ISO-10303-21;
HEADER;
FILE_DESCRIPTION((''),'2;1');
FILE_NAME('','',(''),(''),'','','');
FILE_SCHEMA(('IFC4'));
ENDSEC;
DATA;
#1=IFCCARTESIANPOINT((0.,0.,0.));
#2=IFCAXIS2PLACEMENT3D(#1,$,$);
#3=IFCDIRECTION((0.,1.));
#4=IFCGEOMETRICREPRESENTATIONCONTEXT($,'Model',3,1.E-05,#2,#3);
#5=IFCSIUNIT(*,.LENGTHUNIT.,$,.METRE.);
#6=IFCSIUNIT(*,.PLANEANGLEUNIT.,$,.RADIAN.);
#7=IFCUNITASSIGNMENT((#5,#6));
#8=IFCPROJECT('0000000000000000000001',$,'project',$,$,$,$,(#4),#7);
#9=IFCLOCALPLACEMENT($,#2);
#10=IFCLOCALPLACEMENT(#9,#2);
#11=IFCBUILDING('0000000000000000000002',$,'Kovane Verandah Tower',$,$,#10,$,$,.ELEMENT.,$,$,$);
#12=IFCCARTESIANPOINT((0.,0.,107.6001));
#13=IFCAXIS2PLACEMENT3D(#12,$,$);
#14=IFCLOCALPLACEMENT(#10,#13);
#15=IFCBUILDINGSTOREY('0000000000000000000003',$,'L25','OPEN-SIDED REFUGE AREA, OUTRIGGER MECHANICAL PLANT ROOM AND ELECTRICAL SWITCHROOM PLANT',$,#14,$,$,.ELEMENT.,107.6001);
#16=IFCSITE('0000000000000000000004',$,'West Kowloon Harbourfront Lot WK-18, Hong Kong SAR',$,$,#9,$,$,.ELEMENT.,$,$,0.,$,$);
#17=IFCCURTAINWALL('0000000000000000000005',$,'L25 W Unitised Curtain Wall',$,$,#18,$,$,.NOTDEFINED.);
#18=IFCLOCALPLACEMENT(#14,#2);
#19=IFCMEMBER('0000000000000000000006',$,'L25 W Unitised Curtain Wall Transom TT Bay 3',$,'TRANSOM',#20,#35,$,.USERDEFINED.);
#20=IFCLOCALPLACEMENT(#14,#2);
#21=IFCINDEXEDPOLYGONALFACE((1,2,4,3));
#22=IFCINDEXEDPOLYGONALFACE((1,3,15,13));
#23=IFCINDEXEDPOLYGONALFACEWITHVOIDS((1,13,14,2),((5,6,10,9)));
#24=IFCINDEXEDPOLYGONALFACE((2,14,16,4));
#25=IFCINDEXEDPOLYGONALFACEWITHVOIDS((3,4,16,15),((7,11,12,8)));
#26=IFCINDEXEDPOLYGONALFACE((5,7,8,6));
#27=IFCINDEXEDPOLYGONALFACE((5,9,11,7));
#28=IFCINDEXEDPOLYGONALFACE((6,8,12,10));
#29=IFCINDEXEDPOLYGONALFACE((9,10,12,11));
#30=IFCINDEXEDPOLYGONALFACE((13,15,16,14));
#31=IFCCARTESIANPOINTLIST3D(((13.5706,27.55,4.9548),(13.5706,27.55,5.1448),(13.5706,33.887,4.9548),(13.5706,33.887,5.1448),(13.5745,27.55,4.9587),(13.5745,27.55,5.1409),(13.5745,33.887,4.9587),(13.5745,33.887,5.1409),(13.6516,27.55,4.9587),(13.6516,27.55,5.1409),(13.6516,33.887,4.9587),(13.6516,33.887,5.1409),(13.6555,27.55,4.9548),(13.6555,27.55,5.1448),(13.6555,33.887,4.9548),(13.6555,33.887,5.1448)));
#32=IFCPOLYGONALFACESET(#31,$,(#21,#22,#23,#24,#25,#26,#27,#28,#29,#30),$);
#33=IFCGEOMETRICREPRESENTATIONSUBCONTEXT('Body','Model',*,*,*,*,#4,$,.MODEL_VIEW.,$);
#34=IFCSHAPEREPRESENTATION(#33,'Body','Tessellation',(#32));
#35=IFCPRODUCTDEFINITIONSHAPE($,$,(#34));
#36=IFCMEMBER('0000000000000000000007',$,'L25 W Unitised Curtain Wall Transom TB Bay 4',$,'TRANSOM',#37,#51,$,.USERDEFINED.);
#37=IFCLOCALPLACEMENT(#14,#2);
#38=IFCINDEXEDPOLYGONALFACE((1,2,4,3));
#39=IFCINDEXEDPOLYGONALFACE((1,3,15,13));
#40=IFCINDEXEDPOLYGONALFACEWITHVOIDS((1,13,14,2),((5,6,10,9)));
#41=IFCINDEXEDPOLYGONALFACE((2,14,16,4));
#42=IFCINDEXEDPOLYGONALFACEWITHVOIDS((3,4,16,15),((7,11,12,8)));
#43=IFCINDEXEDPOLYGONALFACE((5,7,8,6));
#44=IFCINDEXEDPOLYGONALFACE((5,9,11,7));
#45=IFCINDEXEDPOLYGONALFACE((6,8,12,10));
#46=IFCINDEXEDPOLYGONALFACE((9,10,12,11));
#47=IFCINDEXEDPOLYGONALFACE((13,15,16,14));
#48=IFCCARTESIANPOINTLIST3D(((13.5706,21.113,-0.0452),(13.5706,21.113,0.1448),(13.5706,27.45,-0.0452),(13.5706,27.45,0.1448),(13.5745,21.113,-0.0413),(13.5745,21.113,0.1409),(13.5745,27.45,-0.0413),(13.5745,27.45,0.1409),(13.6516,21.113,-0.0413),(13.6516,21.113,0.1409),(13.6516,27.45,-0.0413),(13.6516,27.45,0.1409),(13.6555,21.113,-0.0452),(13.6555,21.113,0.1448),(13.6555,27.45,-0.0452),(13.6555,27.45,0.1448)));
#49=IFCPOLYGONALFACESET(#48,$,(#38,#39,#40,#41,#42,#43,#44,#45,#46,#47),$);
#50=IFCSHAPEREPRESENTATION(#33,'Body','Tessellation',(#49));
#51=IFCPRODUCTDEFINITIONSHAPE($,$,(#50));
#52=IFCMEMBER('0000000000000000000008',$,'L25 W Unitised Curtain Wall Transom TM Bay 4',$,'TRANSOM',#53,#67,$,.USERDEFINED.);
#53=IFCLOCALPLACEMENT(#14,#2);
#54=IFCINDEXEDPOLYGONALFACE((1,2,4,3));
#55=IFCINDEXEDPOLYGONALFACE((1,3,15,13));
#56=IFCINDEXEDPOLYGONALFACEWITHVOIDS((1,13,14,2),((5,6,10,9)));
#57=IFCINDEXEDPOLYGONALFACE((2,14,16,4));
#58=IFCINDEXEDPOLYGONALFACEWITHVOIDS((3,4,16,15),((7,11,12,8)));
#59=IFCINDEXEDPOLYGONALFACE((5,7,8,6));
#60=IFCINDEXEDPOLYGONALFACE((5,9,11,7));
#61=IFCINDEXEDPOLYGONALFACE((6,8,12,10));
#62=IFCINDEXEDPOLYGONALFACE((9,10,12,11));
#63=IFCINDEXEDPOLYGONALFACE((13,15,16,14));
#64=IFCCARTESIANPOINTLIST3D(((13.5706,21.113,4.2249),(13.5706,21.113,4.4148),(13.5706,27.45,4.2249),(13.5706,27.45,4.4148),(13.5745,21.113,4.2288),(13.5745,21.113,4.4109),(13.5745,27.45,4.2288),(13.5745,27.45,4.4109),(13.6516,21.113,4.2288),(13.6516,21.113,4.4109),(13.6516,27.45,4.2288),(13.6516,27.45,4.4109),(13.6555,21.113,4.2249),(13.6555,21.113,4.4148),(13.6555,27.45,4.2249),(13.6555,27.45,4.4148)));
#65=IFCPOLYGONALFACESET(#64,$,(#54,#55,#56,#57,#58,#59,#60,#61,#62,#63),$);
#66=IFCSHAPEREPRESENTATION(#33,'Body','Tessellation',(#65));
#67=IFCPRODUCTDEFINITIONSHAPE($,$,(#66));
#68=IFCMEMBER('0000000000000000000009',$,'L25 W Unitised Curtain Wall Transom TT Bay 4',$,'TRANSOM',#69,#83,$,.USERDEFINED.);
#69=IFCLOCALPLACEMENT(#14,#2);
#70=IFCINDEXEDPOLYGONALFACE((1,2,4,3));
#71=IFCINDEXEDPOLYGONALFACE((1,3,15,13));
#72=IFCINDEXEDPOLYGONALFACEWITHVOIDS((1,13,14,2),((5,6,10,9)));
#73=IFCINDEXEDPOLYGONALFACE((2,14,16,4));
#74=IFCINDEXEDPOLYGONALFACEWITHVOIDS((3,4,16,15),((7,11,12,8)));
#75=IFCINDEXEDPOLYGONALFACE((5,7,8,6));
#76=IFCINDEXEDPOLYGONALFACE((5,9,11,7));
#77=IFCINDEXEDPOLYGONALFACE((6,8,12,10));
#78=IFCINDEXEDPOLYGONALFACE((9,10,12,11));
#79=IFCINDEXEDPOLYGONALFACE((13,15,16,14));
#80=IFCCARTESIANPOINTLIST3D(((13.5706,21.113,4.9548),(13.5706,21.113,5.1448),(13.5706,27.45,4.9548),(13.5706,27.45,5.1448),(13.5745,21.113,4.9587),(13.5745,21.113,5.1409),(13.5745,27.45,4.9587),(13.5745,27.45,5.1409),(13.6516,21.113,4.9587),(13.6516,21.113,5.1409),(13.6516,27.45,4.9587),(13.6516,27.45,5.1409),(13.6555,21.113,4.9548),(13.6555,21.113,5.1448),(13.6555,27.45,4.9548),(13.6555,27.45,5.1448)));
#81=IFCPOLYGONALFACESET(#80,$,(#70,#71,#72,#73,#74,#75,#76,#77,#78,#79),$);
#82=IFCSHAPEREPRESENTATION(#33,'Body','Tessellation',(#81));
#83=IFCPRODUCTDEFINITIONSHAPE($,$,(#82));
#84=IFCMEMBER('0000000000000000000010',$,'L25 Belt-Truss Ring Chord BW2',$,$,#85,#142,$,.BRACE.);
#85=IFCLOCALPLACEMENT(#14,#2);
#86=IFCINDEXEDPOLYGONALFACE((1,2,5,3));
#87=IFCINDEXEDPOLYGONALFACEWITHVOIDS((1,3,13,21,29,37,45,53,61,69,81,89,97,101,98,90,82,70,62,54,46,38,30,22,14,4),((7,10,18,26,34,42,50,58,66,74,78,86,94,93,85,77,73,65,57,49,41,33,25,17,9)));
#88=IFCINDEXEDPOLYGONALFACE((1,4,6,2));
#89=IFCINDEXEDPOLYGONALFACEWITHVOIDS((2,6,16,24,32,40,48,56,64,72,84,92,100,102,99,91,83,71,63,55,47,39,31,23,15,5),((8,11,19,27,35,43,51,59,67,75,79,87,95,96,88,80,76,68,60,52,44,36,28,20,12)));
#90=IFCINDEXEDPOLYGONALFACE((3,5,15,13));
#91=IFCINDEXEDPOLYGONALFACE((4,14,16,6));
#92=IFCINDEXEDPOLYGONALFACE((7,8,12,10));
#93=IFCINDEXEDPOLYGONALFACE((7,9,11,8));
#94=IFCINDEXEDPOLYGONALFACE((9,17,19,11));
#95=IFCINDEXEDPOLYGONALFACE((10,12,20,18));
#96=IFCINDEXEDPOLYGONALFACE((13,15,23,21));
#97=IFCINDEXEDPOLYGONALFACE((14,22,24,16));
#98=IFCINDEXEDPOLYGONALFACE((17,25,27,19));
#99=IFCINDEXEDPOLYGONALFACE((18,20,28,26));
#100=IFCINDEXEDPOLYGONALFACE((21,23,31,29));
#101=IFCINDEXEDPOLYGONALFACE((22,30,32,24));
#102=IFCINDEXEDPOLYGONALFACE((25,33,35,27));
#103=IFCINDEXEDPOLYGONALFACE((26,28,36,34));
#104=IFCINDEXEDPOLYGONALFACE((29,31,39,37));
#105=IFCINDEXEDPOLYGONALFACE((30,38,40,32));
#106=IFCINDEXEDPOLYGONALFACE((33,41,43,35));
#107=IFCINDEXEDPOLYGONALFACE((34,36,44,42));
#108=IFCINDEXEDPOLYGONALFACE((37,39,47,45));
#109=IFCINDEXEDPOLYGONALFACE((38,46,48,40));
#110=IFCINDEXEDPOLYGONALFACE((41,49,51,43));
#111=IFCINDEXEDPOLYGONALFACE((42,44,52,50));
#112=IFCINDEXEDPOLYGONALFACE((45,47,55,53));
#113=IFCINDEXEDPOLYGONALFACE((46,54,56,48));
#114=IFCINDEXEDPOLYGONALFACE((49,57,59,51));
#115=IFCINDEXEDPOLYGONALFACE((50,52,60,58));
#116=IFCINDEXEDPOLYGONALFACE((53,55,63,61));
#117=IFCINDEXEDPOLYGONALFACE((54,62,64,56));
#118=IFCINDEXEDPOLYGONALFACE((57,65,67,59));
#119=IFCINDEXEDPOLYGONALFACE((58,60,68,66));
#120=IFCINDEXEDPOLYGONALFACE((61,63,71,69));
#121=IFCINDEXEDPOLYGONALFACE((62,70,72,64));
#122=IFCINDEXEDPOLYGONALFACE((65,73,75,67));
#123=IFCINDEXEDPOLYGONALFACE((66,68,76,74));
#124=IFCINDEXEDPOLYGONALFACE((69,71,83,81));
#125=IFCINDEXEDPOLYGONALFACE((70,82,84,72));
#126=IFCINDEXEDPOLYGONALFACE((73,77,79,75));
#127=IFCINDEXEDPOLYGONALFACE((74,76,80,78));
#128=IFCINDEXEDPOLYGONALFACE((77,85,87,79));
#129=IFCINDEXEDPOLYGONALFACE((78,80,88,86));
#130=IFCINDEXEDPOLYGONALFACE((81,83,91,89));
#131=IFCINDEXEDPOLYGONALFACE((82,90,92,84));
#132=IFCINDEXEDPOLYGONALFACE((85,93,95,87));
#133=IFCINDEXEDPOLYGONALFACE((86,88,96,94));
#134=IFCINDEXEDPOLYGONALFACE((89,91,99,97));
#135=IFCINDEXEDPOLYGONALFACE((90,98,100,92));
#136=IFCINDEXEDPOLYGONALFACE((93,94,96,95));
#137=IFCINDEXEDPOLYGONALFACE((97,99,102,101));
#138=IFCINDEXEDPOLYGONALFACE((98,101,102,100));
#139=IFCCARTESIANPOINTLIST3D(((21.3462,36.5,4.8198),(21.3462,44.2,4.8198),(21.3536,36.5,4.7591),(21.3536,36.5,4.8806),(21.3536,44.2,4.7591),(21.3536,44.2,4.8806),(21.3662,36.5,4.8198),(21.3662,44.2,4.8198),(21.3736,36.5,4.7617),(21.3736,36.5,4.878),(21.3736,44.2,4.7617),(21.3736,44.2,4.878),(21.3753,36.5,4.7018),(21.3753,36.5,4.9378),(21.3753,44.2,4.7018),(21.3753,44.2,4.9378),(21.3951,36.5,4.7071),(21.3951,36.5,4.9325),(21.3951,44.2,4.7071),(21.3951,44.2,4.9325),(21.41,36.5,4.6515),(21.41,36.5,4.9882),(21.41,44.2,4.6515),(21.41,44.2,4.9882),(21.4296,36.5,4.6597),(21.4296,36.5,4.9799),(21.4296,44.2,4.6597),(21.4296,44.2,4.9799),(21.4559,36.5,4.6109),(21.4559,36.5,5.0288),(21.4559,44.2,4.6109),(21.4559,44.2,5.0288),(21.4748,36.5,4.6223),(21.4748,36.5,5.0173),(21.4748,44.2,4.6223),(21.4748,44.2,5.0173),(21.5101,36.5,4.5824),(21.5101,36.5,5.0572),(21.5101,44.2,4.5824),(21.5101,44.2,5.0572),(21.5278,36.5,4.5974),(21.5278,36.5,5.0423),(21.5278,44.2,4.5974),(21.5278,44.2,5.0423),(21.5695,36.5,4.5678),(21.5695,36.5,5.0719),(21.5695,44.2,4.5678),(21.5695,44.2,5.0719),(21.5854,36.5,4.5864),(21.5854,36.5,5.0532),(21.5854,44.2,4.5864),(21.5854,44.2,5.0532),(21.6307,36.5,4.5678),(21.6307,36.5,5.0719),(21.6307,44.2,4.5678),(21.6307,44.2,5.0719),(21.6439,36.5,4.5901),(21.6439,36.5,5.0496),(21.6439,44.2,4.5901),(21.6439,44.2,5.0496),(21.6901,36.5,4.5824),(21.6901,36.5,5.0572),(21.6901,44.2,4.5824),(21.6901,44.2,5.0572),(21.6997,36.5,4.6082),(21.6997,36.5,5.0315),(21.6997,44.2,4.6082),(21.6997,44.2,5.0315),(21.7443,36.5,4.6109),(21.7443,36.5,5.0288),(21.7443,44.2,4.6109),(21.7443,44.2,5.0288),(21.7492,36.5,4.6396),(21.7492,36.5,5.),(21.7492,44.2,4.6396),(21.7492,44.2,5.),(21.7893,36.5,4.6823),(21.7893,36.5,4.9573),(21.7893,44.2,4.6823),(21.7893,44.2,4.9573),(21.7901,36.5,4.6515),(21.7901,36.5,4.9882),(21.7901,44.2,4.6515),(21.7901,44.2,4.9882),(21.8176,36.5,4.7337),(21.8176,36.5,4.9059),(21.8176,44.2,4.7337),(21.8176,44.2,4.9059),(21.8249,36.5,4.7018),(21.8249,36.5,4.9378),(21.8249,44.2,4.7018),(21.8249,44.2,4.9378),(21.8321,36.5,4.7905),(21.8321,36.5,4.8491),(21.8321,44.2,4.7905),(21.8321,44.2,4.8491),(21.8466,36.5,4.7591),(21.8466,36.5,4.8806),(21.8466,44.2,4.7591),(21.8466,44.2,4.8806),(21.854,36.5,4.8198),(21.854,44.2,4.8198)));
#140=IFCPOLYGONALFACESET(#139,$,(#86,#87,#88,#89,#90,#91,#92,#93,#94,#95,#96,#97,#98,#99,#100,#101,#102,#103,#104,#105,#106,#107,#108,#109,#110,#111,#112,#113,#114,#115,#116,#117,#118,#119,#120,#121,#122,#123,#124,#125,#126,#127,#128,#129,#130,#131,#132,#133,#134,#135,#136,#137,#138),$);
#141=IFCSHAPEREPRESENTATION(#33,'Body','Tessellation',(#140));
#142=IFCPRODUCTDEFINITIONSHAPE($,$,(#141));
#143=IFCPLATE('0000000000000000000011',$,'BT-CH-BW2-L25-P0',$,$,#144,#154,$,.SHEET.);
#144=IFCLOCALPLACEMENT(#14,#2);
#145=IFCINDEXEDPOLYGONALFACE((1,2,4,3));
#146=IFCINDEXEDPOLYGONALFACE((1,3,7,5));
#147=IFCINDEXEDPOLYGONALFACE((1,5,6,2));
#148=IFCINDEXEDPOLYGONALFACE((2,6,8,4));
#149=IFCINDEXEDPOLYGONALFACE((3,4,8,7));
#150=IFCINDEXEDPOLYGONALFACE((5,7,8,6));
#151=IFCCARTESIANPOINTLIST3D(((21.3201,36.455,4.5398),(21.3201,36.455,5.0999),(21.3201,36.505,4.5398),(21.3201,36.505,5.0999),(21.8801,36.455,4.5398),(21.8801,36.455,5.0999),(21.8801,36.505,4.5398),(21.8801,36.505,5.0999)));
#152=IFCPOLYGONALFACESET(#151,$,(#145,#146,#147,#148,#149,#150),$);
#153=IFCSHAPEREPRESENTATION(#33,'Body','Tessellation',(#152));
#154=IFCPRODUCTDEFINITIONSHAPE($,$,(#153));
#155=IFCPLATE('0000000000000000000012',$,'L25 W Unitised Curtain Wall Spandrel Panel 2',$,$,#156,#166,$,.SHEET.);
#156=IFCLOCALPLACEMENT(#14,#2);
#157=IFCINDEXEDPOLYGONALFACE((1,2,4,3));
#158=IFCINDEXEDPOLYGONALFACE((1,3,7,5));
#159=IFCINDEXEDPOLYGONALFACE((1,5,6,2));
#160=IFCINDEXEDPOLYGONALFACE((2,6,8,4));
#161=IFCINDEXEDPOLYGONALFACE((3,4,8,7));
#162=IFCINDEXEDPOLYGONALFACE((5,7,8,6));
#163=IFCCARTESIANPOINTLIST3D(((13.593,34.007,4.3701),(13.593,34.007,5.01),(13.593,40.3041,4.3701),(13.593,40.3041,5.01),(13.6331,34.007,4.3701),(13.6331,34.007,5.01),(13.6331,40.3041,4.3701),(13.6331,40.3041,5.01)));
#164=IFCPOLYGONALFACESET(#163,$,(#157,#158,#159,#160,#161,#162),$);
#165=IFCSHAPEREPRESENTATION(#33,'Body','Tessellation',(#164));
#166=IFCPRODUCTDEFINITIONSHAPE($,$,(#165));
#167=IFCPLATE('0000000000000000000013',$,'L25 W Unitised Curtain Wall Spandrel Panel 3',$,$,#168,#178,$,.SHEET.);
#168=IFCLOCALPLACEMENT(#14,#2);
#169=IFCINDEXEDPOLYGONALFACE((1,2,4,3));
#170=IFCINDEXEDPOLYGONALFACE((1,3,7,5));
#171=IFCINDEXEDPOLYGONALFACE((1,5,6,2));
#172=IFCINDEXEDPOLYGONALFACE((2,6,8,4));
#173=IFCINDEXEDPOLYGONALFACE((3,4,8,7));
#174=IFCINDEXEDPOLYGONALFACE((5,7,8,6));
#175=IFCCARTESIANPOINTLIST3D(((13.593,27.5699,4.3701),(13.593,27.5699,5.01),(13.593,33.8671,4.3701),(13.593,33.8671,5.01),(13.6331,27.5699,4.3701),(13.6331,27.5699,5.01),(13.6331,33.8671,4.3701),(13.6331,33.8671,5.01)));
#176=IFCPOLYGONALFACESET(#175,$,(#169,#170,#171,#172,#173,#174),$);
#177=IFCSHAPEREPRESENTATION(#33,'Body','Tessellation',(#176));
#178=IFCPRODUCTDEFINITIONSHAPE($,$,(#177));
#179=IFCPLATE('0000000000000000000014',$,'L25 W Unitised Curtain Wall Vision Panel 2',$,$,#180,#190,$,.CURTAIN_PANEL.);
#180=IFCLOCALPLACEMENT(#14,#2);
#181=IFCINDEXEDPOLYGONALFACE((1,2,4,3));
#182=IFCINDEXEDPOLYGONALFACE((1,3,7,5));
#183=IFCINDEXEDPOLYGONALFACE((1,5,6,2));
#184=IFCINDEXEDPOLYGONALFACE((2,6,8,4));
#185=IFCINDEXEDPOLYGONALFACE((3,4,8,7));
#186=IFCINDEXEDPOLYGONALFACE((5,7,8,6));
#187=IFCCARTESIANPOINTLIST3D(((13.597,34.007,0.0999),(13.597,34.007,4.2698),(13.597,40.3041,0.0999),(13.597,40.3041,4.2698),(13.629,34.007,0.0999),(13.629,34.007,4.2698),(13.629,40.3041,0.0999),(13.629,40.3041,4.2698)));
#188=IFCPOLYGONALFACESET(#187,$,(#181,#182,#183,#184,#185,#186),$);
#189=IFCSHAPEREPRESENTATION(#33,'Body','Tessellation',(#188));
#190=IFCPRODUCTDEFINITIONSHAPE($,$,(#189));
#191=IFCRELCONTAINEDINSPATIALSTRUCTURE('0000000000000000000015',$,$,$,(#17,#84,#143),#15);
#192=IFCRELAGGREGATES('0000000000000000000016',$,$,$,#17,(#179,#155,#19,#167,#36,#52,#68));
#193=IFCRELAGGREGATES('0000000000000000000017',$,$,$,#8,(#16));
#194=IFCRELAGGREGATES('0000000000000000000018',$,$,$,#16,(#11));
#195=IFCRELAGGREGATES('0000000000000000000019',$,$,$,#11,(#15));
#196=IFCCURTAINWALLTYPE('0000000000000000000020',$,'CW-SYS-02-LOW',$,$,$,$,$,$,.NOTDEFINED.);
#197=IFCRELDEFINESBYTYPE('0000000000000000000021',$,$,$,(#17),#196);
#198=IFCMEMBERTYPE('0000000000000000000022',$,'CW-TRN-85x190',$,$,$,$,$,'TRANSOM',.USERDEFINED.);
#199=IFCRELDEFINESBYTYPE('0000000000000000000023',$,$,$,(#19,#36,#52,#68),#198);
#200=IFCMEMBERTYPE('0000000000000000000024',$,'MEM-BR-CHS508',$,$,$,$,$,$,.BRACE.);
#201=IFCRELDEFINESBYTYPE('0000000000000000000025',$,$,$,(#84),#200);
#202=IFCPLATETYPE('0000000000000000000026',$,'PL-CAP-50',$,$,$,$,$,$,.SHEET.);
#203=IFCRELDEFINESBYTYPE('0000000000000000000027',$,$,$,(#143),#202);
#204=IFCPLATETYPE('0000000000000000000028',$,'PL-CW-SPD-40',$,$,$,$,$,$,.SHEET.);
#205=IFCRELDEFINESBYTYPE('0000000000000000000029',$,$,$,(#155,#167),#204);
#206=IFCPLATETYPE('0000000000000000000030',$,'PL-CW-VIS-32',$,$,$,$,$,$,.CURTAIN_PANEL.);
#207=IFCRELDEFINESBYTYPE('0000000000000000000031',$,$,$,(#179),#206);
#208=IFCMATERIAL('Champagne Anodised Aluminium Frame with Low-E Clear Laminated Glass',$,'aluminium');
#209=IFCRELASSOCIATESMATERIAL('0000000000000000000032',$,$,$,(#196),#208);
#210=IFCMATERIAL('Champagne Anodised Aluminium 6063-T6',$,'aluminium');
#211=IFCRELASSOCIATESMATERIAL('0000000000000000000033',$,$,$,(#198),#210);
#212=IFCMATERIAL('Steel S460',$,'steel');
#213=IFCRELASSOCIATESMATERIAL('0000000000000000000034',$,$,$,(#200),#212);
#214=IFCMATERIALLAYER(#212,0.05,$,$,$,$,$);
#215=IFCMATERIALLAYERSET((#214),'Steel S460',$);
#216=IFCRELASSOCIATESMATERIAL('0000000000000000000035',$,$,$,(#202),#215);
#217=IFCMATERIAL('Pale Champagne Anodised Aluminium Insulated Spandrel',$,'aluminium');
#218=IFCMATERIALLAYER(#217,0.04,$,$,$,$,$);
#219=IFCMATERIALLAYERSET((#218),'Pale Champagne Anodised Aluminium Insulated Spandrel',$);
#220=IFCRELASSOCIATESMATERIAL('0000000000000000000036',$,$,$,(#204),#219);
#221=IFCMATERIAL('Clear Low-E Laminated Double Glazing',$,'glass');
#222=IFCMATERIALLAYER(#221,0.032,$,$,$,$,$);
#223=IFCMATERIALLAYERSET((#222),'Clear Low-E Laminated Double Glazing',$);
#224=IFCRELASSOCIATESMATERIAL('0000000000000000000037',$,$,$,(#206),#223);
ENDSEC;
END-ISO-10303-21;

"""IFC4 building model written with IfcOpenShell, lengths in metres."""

from ifc_helpers import new_model, si_unit, direction, frame, origin, origin_2d, place, context, subcontext, project, spatial, rectangle, hollow_rectangle, hollow_circle, extrude, material, layer, layer_set, material_profile, profile_set, type_object, element, aggregate, save


model = new_model("IFC4")

# Units and contexts
model_context = context("Model", 3, precision=1e-05, world=origin(), true_north=direction((0.0, 1.0)))
body_context = subcontext(model_context, "Body", "Model", "MODEL_VIEW")
ifc_project = project(units=[si_unit("LENGTHUNIT", "METRE"), si_unit("PLANEANGLEUNIT", "RADIAN")], contexts=[model_context])

# Site, building, storey
site_placement = place(None, origin())
site = spatial("IfcSite", under=ifc_project, at=site_placement, Name="West Kowloon Harbourfront Lot WK-18, Hong Kong SAR", CompositionType="ELEMENT", RefElevation=0.0)
building_placement = place(site_placement, origin())
building = spatial("IfcBuilding", under=site, at=building_placement, Name="Kovane Verandah Tower", CompositionType="ELEMENT")
storey_placement = place(building_placement, frame((0.0, 0.0, 107.6001)))
storey = spatial("IfcBuildingStorey", under=building, at=storey_placement, Name="L25", Description="OPEN-SIDED REFUGE AREA, OUTRIGGER MECHANICAL PLANT ROOM AND ELECTRICAL SWITCHROOM PLANT", CompositionType="ELEMENT", Elevation=107.6001)

# Shared definitions
ifc_material_1 = material(Name="Steel S460", Category="steel")

# Curtain wall, members
ifc_material_2 = material(Name="Champagne Anodised Aluminium Frame with Low-E Clear Laminated Glass", Category="aluminium")
curtain_wall_type = type_object("IfcCurtainWallType", Name="CW-SYS-02-LOW", PredefinedType="NOTDEFINED", material=ifc_material_2)
curtain_wall_placement = place(storey_placement, origin())
curtain_wall = element("IfcCurtainWall", 1, at=curtain_wall_placement, inside=storey, type_object=curtain_wall_type, Name="L25 W Unitised Curtain Wall", PredefinedType="NOTDEFINED")
ifc_material_3 = material(Name="Champagne Anodised Aluminium 6063-T6", Category="aluminium")
ifc_material_profile_1 = material_profile(ifc_material_3, hollow_rectangle(XDim=0.085, YDim=0.1899, WallThickness=0.0039, at=origin_2d()), Name="AL85x190x4")
ifc_profile_set_1 = profile_set([ifc_material_profile_1], Name="Champagne Anodised Aluminium 6063-T6")
member_type_1 = type_object("IfcMemberType", Name="CW-TRN-85x190", ElementType="TRANSOM", PredefinedType="USERDEFINED", material=ifc_profile_set_1)
member_1_placement = place(storey_placement, frame((13.613, 33.887, 5.0498), z_axis=(0.0, -1.0, 0.0), x_axis=(1.0, 0.0, 0.0)))
member_1 = element("IfcMember", 2, at=member_1_placement, type_object=member_type_1, Name="L25 W Unitised Curtain Wall Transom TT Bay 3", ObjectType="TRANSOM", PredefinedType="USERDEFINED", context=body_context, shape_type="SweptSolid", body=[
    extrude(hollow_rectangle(XDim=0.085, YDim=0.1899, WallThickness=0.0039, at=origin_2d()), origin(), (0.0, 0.0, 1.0), 6.3369),
])
member_2_placement = place(storey_placement, frame((13.613, 27.45, 0.0498), z_axis=(0.0, -1.0, 0.0), x_axis=(1.0, 0.0, 0.0)))
member_2 = element("IfcMember", 3, at=member_2_placement, type_object=member_type_1, Name="L25 W Unitised Curtain Wall Transom TB Bay 4", ObjectType="TRANSOM", PredefinedType="USERDEFINED", context=body_context, shape_type="SweptSolid", body=[
    extrude(hollow_rectangle(XDim=0.085, YDim=0.1899, WallThickness=0.0039, at=origin_2d()), origin(), (0.0, 0.0, 1.0), 6.3369),
])
member_3_placement = place(storey_placement, frame((13.613, 27.45, 4.3198), z_axis=(0.0, -1.0, 0.0), x_axis=(1.0, 0.0, 0.0)))
member_3 = element("IfcMember", 4, at=member_3_placement, type_object=member_type_1, Name="L25 W Unitised Curtain Wall Transom TM Bay 4", ObjectType="TRANSOM", PredefinedType="USERDEFINED", context=body_context, shape_type="SweptSolid", body=[
    extrude(hollow_rectangle(XDim=0.085, YDim=0.1899, WallThickness=0.0039, at=origin_2d()), origin(), (0.0, 0.0, 1.0), 6.3369),
])
member_4_placement = place(storey_placement, frame((13.613, 27.45, 5.0498), z_axis=(0.0, -1.0, 0.0), x_axis=(1.0, 0.0, 0.0)))
member_4 = element("IfcMember", 5, at=member_4_placement, type_object=member_type_1, Name="L25 W Unitised Curtain Wall Transom TT Bay 4", ObjectType="TRANSOM", PredefinedType="USERDEFINED", context=body_context, shape_type="SweptSolid", body=[
    extrude(hollow_rectangle(XDim=0.085, YDim=0.1899, WallThickness=0.0039, at=origin_2d()), origin(), (0.0, 0.0, 1.0), 6.3369),
])

# Member
ifc_material_profile_2 = material_profile(ifc_material_1, hollow_circle(Radius=0.2539, WallThickness=0.02, at=origin_2d()), Name="CHS508x20")
ifc_profile_set_2 = profile_set([ifc_material_profile_2], Name="Steel S460")
member_type_2 = type_object("IfcMemberType", Name="MEM-BR-CHS508", PredefinedType="BRACE", material=ifc_profile_set_2)
member_5_placement = place(storey_placement, frame((21.6001, 36.5, 4.8198), z_axis=(0.0, 1.0, 0.0), x_axis=(-1.0, 0.0, 0.0)))
element("IfcMember", 6, at=member_5_placement, inside=storey, type_object=member_type_2, Name="L25 Belt-Truss Ring Chord BW2", PredefinedType="BRACE", context=body_context, shape_type="SweptSolid", body=[
    extrude(hollow_circle(Radius=0.2539, WallThickness=0.02, at=origin_2d()), origin(), (0.0, 0.0, 1.0), 7.7),
])

# Plates
ifc_layer_1 = layer(ifc_material_1, 0.05)
ifc_layer_set_1 = layer_set([ifc_layer_1], Name="Steel S460")
plate_type_1 = type_object("IfcPlateType", Name="PL-CAP-50", PredefinedType="SHEET", material=ifc_layer_set_1)
plate_1_placement = place(storey_placement, frame((21.6001, 36.48, 4.5398), z_axis=(0.0, 0.0, 1.0), x_axis=(0.0, 1.0, 0.0)))
element("IfcPlate", 7, at=plate_1_placement, inside=storey, type_object=plate_type_1, Name="BT-CH-BW2-L25-P0", PredefinedType="SHEET", context=body_context, shape_type="SweptSolid", body=[
    extrude(rectangle(XDim=0.05, YDim=0.5601, at=origin_2d()), origin(), (0.0, 0.0, 1.0), 0.5601),
])
ifc_material_4 = material(Name="Pale Champagne Anodised Aluminium Insulated Spandrel", Category="aluminium")
ifc_layer_2 = layer(ifc_material_4, 0.04)
ifc_layer_set_2 = layer_set([ifc_layer_2], Name="Pale Champagne Anodised Aluminium Insulated Spandrel")
plate_type_2 = type_object("IfcPlateType", Name="PL-CW-SPD-40", PredefinedType="SHEET", material=ifc_layer_set_2)
plate_2_placement = place(storey_placement, frame((13.613, 37.1555, 4.3701), z_axis=(0.0, 0.0, 1.0), x_axis=(0.0, -1.0, 0.0)))
plate_2 = element("IfcPlate", 8, at=plate_2_placement, type_object=plate_type_2, Name="L25 W Unitised Curtain Wall Spandrel Panel 2", PredefinedType="SHEET", context=body_context, shape_type="SweptSolid", body=[
    extrude(rectangle(XDim=6.2971, YDim=0.04, at=origin_2d()), origin(), (0.0, 0.0, 1.0), 0.6399),
])
plate_3_placement = place(storey_placement, frame((13.613, 30.7185, 4.3701), z_axis=(0.0, 0.0, 1.0), x_axis=(0.0, -1.0, 0.0)))
plate_3 = element("IfcPlate", 9, at=plate_3_placement, type_object=plate_type_2, Name="L25 W Unitised Curtain Wall Spandrel Panel 3", PredefinedType="SHEET", context=body_context, shape_type="SweptSolid", body=[
    extrude(rectangle(XDim=6.2971, YDim=0.04, at=origin_2d()), origin(), (0.0, 0.0, 1.0), 0.6399),
])
ifc_material_5 = material(Name="Clear Low-E Laminated Double Glazing", Category="glass")
ifc_layer_3 = layer(ifc_material_5, 0.032)
ifc_layer_set_3 = layer_set([ifc_layer_3], Name="Clear Low-E Laminated Double Glazing")
plate_type_3 = type_object("IfcPlateType", Name="PL-CW-VIS-32", PredefinedType="CURTAIN_PANEL", material=ifc_layer_set_3)
plate_4_placement = place(storey_placement, frame((13.613, 37.1555, 0.0999), z_axis=(0.0, 0.0, 1.0), x_axis=(0.0, -1.0, 0.0)))
plate_4 = element("IfcPlate", 10, at=plate_4_placement, type_object=plate_type_3, Name="L25 W Unitised Curtain Wall Vision Panel 2", PredefinedType="CURTAIN_PANEL", context=body_context, shape_type="SweptSolid", body=[
    extrude(rectangle(XDim=6.2971, YDim=0.032, at=origin_2d()), origin(), (0.0, 0.0, 1.0), 4.1699),
])
aggregate(curtain_wall, [plate_4, plate_2, member_1, plate_3, member_2, member_3, member_4])

save(model, "model.ifc")
